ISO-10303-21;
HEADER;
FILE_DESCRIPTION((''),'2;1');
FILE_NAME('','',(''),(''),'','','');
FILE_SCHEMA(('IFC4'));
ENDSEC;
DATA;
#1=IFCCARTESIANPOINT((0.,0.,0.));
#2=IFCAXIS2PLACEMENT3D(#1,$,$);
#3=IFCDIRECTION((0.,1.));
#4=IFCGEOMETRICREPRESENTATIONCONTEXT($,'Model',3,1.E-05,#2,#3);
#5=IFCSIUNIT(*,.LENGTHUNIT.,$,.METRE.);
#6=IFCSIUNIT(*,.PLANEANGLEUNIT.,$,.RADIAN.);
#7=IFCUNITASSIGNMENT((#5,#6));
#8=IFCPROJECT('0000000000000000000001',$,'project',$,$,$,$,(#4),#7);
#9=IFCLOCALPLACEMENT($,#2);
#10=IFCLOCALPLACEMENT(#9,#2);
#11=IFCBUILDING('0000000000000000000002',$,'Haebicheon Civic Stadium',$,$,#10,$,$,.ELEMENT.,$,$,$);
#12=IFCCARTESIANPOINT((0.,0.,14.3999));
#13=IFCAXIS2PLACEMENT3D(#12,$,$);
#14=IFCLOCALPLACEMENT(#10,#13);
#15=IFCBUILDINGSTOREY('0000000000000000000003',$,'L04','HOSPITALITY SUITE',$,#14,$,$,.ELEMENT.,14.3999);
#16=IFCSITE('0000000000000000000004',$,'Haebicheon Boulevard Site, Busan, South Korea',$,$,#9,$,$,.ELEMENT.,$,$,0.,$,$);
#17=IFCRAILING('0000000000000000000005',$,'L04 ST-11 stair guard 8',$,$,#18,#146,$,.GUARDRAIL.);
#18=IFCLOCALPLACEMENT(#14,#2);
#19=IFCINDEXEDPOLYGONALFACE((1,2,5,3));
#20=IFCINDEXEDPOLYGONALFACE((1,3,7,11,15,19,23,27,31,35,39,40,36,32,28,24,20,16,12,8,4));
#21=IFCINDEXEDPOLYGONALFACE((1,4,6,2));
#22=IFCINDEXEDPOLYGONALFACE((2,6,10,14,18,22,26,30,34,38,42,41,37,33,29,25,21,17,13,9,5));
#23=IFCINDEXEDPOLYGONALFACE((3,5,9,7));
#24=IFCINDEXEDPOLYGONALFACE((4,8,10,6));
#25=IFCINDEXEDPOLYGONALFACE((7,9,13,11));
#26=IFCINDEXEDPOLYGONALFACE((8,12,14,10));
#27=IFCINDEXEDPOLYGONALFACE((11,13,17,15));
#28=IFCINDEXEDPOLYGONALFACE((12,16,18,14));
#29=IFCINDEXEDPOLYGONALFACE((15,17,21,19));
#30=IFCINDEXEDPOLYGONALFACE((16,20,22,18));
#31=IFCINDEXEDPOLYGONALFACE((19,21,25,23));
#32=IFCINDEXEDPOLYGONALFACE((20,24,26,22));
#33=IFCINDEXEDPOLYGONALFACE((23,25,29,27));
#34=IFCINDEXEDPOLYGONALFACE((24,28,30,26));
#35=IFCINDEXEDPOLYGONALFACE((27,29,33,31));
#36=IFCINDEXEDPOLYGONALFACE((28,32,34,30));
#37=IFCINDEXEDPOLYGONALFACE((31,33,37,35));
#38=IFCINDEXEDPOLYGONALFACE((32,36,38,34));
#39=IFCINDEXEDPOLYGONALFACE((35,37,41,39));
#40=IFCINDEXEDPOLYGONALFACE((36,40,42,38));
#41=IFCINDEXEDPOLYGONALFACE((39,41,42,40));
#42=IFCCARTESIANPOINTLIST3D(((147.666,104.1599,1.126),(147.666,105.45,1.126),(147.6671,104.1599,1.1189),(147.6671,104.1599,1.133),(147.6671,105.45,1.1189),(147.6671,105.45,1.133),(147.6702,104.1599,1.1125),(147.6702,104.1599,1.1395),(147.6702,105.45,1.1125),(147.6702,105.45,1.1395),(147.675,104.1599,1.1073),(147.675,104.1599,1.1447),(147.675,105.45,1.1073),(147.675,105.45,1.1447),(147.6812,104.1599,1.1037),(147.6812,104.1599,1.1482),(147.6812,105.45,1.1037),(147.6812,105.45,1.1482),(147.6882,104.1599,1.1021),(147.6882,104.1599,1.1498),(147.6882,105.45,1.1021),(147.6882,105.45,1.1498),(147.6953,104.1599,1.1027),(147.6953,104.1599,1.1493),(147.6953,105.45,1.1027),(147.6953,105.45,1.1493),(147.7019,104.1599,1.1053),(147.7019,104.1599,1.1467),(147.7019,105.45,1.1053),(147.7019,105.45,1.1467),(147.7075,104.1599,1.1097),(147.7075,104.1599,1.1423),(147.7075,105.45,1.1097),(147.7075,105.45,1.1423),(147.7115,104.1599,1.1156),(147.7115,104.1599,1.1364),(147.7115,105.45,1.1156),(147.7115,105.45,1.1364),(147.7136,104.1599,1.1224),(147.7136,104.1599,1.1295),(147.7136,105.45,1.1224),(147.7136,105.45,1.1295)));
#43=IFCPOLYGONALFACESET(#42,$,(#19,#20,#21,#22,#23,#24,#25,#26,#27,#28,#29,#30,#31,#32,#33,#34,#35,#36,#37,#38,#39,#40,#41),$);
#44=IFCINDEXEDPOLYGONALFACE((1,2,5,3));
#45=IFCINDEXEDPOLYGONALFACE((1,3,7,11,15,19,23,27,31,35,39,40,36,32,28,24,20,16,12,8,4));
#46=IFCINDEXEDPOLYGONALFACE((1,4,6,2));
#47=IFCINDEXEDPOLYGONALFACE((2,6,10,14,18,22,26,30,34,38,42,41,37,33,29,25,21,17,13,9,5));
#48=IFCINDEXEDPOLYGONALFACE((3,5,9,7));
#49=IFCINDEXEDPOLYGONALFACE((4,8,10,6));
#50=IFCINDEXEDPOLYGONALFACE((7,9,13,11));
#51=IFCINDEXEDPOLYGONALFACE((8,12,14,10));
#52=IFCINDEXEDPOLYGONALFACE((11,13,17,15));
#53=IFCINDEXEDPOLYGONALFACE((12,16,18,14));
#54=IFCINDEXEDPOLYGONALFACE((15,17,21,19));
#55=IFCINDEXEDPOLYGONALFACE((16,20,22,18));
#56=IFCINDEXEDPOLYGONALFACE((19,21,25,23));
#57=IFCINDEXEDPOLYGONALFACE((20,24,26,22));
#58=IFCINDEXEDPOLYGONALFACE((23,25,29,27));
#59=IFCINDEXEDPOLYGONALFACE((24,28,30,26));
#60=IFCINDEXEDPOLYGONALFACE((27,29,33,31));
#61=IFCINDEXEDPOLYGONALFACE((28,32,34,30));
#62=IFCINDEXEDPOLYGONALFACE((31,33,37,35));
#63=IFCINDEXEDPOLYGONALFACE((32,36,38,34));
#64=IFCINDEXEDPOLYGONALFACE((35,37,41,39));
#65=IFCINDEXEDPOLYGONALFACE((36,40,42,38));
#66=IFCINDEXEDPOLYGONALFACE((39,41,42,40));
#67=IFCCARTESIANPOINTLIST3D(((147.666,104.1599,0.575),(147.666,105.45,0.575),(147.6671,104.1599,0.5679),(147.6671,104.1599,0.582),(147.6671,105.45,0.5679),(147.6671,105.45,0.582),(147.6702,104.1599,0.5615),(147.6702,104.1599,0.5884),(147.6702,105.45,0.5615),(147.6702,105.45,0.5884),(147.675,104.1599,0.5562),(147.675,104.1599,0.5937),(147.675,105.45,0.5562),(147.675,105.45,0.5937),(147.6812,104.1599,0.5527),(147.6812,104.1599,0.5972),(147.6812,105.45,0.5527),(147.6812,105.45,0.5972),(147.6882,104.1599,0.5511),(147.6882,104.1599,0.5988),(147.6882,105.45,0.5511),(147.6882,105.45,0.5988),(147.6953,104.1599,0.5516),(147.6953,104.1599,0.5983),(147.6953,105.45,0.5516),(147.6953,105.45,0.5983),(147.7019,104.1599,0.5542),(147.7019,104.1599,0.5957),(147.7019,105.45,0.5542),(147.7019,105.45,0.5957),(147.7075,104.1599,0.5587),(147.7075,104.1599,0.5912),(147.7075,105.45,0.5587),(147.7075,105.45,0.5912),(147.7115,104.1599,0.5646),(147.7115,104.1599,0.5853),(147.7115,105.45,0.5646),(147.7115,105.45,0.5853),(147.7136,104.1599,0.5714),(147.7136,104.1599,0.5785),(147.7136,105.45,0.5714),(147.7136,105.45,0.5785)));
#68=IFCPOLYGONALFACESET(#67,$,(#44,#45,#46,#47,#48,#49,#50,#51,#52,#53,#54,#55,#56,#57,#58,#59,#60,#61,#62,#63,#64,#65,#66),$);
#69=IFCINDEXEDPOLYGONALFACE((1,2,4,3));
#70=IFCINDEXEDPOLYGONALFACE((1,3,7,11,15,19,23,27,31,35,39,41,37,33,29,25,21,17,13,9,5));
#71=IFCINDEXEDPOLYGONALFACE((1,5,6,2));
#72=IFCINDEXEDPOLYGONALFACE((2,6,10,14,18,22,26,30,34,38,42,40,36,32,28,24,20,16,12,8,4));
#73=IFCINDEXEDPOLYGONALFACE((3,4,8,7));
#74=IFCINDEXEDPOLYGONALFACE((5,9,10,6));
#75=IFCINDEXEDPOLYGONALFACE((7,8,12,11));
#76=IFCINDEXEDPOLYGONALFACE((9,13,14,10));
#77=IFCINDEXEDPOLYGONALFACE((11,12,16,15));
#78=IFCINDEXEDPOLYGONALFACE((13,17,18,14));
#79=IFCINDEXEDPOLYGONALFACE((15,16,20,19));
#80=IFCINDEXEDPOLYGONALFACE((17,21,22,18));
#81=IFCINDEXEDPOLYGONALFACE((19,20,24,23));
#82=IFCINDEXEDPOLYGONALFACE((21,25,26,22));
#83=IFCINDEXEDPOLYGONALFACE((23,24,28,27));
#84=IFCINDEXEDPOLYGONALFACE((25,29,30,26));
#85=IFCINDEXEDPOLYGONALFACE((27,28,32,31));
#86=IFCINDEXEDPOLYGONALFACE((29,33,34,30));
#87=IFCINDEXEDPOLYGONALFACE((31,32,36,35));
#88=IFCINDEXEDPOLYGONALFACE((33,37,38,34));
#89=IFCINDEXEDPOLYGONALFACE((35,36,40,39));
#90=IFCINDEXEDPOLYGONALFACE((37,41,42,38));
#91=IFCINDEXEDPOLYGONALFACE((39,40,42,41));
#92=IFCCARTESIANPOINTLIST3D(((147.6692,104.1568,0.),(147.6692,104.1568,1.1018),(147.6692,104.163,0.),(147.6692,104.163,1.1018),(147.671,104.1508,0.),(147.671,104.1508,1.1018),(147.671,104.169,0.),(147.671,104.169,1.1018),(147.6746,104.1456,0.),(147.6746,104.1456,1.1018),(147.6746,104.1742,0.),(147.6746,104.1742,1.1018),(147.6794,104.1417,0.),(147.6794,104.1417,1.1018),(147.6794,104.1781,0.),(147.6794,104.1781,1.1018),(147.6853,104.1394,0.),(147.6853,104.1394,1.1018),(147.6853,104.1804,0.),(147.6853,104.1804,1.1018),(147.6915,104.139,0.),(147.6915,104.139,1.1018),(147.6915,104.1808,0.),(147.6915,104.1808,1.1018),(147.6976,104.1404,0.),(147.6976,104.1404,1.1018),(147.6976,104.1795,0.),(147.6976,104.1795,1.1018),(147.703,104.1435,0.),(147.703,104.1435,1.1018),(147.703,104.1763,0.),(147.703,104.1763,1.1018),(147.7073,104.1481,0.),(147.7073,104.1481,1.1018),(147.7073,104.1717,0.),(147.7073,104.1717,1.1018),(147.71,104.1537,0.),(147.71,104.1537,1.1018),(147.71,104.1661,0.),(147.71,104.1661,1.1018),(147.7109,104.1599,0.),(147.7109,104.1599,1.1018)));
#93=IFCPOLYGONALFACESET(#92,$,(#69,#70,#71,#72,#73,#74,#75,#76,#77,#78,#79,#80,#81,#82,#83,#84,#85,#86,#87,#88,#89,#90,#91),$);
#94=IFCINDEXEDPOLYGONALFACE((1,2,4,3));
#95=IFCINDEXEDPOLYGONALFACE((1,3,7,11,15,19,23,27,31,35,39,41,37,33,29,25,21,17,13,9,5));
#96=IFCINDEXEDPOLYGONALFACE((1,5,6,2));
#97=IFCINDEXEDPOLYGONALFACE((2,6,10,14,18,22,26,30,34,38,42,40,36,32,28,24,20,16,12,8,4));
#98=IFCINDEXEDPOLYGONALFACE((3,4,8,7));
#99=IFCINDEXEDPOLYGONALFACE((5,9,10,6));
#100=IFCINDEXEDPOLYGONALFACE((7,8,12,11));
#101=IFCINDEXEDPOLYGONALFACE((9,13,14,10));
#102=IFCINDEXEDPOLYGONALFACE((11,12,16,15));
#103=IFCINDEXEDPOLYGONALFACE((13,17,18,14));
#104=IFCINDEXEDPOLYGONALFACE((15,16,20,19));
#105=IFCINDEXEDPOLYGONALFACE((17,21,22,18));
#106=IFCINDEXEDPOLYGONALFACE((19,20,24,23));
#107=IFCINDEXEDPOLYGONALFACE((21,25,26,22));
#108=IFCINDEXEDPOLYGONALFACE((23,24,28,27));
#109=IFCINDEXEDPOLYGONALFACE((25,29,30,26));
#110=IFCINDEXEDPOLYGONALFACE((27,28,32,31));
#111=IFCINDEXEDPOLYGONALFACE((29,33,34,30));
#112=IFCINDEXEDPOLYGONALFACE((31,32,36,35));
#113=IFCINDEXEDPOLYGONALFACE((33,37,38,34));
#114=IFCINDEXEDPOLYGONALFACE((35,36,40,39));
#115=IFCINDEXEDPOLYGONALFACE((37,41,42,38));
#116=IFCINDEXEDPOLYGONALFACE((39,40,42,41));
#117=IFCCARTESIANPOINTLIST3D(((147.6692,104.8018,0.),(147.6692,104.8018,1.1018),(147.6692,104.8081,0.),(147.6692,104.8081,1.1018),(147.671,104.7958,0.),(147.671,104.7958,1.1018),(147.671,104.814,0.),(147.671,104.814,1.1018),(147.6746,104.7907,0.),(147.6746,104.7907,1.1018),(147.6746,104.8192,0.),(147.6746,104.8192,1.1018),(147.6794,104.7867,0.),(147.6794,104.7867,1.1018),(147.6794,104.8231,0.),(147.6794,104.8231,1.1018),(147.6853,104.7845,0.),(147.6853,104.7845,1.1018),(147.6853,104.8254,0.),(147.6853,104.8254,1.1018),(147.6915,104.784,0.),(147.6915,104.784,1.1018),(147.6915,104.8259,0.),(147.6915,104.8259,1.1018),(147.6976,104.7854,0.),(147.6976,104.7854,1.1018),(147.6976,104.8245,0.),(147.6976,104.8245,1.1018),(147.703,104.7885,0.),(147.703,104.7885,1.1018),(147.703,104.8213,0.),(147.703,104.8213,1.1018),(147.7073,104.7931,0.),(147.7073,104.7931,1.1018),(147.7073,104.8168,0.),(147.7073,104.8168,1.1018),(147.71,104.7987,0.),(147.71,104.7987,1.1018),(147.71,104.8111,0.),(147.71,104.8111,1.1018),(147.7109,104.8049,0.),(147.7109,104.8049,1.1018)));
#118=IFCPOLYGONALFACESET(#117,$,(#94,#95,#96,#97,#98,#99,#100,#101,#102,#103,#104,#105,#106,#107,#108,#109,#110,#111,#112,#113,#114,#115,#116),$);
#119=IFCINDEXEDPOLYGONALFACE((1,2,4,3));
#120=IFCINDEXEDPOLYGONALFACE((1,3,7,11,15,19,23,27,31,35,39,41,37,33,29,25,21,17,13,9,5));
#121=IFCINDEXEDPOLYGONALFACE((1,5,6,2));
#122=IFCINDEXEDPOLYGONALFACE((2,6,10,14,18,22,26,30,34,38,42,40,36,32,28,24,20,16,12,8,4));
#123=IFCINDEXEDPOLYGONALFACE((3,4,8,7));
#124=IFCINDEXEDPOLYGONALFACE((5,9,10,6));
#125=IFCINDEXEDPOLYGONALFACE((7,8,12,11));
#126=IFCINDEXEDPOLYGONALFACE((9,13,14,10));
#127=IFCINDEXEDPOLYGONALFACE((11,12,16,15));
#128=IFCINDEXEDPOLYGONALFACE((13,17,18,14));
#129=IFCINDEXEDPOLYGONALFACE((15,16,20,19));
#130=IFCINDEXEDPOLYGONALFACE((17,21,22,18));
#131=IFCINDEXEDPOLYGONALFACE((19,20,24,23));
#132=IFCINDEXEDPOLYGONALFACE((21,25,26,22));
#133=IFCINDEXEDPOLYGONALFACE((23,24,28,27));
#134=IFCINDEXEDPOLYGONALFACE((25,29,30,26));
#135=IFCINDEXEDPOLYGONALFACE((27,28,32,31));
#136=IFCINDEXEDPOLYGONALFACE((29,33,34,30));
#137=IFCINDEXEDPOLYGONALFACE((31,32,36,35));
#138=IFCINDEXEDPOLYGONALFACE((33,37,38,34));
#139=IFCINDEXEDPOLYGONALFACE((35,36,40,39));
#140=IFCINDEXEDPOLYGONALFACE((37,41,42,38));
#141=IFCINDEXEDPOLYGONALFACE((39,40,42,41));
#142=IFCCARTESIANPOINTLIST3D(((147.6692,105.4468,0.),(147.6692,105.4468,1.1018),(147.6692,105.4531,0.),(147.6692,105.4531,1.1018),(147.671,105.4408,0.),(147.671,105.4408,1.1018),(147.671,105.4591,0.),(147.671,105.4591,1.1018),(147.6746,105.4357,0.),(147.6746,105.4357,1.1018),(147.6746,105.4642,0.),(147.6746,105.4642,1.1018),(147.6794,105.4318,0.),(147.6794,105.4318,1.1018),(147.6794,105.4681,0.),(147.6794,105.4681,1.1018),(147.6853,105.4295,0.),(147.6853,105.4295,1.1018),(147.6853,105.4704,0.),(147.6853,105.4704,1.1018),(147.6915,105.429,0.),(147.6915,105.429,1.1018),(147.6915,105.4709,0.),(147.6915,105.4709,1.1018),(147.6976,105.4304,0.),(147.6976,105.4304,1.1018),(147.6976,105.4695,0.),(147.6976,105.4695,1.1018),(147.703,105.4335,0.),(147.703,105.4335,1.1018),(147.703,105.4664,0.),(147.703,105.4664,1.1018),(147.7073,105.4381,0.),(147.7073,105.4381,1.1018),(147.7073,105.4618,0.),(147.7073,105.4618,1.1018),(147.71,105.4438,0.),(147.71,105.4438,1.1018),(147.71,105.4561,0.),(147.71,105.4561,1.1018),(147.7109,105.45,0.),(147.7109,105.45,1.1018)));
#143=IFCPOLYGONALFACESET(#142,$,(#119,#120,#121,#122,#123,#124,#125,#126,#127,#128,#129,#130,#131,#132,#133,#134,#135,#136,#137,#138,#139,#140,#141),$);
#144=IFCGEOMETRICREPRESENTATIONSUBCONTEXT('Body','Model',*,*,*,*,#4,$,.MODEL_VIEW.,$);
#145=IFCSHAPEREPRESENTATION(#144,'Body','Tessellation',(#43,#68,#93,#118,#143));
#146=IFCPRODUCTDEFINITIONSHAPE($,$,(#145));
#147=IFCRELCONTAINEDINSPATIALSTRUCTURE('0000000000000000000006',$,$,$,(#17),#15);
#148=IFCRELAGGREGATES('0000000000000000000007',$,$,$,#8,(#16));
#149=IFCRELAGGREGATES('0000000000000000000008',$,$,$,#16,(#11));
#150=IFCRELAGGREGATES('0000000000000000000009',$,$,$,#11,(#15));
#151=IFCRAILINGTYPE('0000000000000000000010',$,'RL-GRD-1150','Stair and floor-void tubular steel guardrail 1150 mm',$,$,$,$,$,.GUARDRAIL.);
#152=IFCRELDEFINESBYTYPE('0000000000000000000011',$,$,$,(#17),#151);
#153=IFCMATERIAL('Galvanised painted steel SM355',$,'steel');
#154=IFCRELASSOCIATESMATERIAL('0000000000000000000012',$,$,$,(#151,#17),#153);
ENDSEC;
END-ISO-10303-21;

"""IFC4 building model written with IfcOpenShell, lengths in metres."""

from ifc_helpers import new_model, si_unit, direction, frame, origin, origin_2d, place, context, subcontext, project, spatial, circle, extrude, material, type_object, element, save


model = new_model("IFC4")

# Units and contexts
model_context = context("Model", 3, precision=1e-05, world=origin(), true_north=direction((0.0, 1.0)))
body_context = subcontext(model_context, "Body", "Model", "MODEL_VIEW")
ifc_project = project(units=[si_unit("LENGTHUNIT", "METRE"), si_unit("PLANEANGLEUNIT", "RADIAN")], contexts=[model_context])

# Site, building, storey
site_placement = place(None, origin())
site = spatial("IfcSite", under=ifc_project, at=site_placement, Name="Haebicheon Boulevard Site, Busan, South Korea", CompositionType="ELEMENT", RefElevation=0.0)
building_placement = place(site_placement, origin())
building = spatial("IfcBuilding", under=site, at=building_placement, Name="Haebicheon Civic Stadium", CompositionType="ELEMENT")
storey_placement = place(building_placement, frame((0.0, 0.0, 14.3999)))
storey = spatial("IfcBuildingStorey", under=building, at=storey_placement, Name="L04", Description="HOSPITALITY SUITE", CompositionType="ELEMENT", Elevation=14.3999)

# Railing
ifc_material_1 = material(Name="Galvanised painted steel SM355", Category="steel")
railing_type_1 = type_object("IfcRailingType", Name="RL-GRD-1150", Description="Stair and floor-void tubular steel guardrail 1150 mm", PredefinedType="GUARDRAIL", material=ifc_material_1)
for number, where, name in (
    (1, (147.6899, 104.1599, 0.0), "L04 ST-11 stair guard 8"),
):
    element("IfcRailing", number, at=place(storey_placement, frame(where)), inside=storey, type_object=railing_type_1, material=ifc_material_1, Name=name, PredefinedType="GUARDRAIL", context=body_context, shape_type="SweptSolid", body=[
        extrude(circle(Radius=0.0239, at=origin_2d()), frame((0.0, 0.0, 1.126), z_axis=(0.0, 1.0, 0.0), x_axis=(-1.0, 0.0, 0.0)), (0.0, 0.0, 1.0), 1.29),
        extrude(circle(Radius=0.0239, at=origin_2d()), frame((0.0, 0.0, 0.575), z_axis=(0.0, 1.0, 0.0), x_axis=(-1.0, 0.0, 0.0)), (0.0, 0.0, 1.0), 1.29),
        extrude(circle(Radius=0.021, at=origin_2d()), origin(), (0.0, 0.0, 1.0), 1.1018),
        extrude(circle(Radius=0.021, at=origin_2d()), frame((0.0, 0.645, 0.0)), (0.0, 0.0, 1.0), 1.1018),
        extrude(circle(Radius=0.021, at=origin_2d()), frame((0.0, 1.29, 0.0)), (0.0, 0.0, 1.0), 1.1018),
    ])

save(model, "model.ifc")
